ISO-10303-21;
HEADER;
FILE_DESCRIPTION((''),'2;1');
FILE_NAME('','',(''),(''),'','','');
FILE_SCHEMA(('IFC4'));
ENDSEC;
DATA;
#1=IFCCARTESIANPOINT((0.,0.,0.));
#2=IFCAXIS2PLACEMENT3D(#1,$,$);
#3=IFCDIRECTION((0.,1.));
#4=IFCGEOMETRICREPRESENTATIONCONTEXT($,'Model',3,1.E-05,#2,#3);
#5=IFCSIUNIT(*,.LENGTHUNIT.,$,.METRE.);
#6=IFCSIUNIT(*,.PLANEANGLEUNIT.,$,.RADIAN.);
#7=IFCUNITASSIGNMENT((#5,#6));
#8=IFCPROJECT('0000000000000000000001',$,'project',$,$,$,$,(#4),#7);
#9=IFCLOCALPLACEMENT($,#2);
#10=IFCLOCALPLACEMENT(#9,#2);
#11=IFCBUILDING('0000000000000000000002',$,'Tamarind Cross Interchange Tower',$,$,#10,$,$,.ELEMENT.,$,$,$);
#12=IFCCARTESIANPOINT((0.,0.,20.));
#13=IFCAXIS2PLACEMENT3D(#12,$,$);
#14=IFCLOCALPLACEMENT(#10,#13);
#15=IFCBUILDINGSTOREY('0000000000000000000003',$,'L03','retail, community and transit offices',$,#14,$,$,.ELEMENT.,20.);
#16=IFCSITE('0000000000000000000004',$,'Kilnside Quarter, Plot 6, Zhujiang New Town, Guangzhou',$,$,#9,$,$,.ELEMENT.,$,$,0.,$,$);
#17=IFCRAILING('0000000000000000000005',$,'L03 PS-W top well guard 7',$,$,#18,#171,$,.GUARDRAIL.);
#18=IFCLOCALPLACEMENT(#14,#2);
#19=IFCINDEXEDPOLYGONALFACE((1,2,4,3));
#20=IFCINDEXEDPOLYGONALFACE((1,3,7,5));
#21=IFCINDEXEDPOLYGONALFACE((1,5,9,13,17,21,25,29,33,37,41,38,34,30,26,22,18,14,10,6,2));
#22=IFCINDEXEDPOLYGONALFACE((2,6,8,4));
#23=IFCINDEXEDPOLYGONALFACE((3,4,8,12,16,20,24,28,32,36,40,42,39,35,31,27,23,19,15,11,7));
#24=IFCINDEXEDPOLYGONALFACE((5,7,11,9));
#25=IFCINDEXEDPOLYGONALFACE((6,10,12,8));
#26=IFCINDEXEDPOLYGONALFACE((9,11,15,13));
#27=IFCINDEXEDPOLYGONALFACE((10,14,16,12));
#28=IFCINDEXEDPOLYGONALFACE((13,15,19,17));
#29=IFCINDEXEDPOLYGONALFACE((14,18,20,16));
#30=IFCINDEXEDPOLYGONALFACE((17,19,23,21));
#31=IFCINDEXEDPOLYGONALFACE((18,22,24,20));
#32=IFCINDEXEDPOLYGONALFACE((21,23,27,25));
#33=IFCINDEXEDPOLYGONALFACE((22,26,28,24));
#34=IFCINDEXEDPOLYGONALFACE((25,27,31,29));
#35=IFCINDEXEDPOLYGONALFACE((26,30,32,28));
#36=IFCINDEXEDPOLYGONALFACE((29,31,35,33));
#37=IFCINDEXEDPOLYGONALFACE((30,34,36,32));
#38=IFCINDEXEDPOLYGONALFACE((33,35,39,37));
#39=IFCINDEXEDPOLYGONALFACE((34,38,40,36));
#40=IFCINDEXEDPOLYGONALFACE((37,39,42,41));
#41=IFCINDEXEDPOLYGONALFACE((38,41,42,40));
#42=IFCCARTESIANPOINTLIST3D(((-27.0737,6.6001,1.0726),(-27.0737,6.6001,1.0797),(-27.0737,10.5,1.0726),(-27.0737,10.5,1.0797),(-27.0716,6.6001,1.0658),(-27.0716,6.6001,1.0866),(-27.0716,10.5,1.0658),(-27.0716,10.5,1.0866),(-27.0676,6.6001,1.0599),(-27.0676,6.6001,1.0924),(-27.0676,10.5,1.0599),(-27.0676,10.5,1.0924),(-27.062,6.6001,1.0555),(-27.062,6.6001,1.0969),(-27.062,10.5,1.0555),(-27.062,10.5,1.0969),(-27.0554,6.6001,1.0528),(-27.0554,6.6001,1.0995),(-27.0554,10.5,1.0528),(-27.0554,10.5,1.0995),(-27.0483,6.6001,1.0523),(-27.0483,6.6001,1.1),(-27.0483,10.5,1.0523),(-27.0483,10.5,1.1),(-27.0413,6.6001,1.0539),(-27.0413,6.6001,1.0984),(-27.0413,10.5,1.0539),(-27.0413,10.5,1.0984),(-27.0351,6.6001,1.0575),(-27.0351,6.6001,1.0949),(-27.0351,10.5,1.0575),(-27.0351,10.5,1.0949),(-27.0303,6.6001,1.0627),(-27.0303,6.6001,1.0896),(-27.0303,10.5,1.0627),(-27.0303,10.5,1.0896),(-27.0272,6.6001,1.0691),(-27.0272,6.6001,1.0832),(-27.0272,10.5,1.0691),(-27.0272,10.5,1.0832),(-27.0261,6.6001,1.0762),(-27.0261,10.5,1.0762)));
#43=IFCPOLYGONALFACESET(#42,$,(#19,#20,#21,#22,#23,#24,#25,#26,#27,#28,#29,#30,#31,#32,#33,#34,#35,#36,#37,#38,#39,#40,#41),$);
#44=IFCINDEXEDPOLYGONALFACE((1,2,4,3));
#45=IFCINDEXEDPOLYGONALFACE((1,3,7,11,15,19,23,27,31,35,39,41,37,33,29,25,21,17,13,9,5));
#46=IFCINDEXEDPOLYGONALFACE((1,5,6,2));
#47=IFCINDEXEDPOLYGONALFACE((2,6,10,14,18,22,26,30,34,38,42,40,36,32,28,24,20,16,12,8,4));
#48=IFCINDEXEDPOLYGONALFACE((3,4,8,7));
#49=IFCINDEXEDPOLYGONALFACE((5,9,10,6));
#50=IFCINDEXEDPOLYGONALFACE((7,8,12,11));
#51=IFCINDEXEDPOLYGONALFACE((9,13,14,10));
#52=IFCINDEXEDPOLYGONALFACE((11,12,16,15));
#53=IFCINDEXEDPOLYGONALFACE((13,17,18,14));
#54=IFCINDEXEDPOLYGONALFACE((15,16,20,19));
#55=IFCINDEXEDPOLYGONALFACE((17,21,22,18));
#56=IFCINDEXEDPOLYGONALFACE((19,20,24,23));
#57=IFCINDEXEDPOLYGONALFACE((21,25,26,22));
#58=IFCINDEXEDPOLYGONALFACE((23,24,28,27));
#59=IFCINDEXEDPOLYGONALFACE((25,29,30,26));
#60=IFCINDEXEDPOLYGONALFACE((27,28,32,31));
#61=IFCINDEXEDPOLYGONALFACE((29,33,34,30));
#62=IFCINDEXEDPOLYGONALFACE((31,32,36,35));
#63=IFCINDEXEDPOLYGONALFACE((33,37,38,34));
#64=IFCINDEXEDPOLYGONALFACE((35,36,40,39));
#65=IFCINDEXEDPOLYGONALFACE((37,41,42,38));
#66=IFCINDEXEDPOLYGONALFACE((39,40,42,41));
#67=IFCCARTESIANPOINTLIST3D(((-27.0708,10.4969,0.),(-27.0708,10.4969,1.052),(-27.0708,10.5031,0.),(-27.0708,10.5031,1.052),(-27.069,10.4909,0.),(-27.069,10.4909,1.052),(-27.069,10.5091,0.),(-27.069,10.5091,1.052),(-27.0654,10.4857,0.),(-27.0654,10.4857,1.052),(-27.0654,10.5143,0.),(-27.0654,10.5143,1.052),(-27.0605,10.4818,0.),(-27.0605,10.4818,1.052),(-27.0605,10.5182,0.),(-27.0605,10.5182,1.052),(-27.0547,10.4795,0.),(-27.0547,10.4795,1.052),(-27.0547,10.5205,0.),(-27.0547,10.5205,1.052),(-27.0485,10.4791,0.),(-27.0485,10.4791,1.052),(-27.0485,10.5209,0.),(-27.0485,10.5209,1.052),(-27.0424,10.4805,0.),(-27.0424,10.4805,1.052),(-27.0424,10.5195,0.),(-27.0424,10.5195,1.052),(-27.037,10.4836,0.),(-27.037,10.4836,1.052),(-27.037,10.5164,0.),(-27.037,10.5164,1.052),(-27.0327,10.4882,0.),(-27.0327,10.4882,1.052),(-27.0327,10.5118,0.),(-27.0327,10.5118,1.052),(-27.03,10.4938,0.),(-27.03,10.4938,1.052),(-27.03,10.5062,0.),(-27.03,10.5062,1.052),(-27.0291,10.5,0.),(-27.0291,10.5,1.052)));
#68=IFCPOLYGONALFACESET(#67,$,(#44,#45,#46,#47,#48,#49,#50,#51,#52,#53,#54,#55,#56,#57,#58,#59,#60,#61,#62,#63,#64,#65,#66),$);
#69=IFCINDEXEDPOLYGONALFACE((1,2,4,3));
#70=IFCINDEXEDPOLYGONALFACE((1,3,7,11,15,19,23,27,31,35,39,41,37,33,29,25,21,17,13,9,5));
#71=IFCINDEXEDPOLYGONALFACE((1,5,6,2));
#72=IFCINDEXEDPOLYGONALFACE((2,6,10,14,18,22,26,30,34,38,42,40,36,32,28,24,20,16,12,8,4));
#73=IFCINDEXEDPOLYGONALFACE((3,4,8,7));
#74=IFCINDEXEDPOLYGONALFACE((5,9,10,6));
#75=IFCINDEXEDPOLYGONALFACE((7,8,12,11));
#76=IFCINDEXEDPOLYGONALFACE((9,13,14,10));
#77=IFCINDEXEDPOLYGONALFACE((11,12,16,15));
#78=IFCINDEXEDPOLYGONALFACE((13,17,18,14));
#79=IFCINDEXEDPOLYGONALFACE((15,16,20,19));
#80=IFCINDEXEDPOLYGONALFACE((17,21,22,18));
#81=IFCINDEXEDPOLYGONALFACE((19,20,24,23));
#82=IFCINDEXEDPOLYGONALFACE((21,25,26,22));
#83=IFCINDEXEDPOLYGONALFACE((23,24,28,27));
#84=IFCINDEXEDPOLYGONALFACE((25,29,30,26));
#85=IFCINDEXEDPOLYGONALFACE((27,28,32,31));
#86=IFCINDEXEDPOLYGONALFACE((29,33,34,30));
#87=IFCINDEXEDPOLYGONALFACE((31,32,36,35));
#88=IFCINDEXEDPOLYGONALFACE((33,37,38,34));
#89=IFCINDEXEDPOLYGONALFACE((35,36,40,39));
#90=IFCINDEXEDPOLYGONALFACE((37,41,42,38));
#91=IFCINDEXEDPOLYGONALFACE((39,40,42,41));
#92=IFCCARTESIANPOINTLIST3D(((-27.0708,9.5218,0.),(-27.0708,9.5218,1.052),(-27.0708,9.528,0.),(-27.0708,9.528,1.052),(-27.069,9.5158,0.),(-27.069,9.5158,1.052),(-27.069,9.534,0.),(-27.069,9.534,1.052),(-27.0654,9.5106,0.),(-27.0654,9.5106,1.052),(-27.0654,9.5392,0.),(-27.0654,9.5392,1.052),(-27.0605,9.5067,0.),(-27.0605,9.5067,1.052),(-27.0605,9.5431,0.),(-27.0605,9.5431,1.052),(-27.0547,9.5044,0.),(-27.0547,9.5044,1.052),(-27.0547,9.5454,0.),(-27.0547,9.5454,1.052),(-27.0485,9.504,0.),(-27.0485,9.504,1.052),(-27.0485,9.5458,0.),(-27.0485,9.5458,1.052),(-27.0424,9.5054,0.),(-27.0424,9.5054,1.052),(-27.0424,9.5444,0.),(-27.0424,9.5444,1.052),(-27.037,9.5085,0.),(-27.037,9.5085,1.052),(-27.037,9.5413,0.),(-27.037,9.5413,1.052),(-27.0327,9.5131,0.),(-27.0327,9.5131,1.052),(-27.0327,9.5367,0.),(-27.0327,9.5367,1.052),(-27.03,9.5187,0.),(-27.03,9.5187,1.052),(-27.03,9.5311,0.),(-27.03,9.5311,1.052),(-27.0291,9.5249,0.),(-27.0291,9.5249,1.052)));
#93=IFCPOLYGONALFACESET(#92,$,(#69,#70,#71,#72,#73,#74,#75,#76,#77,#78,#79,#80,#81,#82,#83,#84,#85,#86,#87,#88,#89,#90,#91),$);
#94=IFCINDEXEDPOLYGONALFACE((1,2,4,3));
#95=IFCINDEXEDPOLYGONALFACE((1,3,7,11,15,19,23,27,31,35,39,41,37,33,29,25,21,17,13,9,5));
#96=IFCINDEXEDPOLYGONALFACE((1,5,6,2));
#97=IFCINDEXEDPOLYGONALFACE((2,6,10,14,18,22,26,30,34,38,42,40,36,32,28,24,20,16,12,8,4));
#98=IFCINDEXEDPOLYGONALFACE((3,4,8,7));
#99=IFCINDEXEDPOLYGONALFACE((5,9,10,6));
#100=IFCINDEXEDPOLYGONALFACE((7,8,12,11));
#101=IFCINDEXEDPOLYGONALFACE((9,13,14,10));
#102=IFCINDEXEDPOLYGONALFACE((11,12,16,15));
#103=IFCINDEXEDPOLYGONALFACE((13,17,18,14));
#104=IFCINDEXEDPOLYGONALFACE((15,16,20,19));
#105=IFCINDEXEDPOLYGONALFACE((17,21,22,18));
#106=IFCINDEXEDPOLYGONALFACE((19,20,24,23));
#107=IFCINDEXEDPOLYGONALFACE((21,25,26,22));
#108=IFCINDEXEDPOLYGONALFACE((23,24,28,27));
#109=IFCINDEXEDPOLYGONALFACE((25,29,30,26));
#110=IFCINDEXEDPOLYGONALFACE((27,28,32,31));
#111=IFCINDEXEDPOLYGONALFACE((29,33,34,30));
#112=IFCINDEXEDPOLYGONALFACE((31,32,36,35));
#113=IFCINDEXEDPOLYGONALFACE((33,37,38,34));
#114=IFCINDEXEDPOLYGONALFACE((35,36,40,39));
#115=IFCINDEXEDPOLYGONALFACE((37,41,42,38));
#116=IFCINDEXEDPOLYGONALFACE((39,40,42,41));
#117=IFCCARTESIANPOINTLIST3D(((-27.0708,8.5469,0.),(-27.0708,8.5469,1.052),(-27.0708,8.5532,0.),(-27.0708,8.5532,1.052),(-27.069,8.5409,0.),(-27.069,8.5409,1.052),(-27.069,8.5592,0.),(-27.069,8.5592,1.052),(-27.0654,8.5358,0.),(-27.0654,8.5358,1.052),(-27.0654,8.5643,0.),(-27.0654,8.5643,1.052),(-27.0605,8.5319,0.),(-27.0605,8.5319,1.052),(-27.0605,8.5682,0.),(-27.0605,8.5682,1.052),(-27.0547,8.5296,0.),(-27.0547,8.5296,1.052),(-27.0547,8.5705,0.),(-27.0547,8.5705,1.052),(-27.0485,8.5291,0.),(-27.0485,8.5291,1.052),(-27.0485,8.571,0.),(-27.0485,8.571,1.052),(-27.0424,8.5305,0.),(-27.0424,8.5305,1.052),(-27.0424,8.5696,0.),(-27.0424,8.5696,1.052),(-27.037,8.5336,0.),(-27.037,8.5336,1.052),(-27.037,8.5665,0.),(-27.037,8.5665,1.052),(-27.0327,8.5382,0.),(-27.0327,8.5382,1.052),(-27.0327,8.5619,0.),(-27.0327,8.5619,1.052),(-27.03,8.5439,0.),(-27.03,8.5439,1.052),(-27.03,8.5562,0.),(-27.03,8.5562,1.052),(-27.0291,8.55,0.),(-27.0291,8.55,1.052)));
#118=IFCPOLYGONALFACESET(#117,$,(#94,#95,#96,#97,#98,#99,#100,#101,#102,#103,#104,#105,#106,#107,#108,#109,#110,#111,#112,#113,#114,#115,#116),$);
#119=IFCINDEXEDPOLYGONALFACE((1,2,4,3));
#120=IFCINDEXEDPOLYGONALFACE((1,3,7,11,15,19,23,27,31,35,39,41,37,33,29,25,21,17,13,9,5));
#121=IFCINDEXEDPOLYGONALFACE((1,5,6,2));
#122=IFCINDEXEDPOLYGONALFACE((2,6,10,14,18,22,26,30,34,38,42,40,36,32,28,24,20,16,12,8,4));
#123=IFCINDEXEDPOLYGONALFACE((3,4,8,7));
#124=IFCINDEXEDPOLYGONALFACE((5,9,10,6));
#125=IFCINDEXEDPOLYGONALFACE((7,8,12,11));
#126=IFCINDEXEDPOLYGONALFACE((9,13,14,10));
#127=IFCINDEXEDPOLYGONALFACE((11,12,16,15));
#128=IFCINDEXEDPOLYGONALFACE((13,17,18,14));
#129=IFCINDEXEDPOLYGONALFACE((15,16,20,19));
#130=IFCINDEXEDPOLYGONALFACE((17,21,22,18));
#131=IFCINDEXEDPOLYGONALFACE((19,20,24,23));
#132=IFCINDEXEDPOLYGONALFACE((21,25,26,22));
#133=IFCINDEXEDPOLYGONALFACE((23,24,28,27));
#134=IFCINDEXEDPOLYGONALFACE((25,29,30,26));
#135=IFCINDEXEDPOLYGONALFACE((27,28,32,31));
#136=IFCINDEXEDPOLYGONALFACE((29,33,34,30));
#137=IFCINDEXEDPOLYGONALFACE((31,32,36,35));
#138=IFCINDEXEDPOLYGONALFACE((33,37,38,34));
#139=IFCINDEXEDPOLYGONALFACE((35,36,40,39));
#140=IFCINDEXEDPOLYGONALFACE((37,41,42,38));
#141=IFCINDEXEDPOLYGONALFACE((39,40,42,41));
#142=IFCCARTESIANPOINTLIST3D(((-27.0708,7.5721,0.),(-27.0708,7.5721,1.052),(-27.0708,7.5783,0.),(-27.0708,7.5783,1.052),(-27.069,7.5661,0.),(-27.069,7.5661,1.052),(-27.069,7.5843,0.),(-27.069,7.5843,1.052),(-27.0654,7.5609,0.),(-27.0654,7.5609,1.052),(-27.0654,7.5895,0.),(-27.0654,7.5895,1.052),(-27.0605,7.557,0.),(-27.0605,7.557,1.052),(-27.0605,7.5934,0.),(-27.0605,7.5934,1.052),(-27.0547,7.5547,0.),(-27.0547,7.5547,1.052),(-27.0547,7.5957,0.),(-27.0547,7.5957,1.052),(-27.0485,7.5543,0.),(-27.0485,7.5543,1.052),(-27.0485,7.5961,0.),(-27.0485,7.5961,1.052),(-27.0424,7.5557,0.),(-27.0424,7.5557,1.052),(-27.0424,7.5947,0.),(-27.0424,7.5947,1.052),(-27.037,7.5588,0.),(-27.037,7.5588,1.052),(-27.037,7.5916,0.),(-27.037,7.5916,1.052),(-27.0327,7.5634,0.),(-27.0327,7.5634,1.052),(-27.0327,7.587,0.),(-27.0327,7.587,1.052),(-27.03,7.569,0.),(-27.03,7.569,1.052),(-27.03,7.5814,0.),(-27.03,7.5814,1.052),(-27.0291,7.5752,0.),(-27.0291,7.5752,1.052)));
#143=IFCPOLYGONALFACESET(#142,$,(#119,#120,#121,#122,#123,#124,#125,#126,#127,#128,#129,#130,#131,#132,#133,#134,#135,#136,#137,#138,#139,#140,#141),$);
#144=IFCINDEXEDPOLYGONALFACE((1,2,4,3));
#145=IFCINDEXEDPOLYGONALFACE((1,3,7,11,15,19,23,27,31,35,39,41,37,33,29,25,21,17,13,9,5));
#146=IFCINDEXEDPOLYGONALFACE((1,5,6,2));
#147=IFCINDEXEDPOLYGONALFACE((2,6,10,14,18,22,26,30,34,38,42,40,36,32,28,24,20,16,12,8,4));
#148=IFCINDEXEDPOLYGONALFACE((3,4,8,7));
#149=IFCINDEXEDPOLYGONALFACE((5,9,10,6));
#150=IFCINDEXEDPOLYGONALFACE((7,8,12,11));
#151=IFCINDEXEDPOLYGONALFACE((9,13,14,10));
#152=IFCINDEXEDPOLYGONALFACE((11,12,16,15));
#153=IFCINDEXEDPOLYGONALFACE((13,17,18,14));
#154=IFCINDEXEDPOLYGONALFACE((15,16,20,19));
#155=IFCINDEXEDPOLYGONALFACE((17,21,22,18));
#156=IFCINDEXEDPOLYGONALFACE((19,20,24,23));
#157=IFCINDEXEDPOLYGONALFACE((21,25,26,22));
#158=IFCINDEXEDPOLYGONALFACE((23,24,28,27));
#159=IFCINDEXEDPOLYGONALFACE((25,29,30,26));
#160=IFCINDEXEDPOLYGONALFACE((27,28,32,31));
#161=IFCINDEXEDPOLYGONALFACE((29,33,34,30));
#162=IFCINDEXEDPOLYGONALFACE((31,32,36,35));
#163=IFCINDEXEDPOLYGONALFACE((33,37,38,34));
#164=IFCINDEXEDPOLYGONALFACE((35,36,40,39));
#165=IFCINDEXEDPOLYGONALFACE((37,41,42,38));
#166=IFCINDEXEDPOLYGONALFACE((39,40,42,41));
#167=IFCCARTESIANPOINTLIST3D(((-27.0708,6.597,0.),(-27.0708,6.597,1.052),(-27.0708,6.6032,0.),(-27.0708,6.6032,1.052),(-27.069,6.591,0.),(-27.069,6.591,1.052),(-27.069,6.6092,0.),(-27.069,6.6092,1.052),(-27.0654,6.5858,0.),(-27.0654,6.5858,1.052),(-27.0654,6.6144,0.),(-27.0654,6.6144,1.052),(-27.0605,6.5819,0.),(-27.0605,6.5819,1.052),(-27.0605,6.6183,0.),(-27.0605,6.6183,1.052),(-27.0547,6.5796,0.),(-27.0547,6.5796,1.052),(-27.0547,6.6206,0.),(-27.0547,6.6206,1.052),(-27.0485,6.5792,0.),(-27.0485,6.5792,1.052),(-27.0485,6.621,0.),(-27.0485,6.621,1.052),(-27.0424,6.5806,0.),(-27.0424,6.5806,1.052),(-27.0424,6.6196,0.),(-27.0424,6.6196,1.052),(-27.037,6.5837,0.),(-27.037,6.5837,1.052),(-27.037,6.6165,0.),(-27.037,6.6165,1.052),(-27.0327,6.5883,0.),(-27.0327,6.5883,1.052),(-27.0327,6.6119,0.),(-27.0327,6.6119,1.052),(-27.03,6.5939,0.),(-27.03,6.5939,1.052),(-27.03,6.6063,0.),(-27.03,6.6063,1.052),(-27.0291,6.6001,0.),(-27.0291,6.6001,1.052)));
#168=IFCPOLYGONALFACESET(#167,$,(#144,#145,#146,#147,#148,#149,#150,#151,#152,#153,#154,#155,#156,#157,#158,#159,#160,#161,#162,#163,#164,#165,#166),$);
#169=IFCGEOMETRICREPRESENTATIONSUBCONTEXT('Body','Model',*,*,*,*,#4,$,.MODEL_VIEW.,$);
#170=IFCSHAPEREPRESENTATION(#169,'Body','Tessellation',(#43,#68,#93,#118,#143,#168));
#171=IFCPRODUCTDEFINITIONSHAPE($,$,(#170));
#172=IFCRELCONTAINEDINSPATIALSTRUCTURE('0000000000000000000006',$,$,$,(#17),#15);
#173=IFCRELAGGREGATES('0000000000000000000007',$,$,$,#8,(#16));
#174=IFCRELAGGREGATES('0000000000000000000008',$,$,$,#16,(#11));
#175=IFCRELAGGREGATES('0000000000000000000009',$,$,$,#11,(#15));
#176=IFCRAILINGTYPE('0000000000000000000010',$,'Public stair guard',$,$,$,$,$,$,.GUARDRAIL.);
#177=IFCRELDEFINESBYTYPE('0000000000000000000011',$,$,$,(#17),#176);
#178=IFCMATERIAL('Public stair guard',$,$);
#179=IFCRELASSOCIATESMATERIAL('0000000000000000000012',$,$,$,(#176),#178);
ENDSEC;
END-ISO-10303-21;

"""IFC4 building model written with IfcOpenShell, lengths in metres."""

from ifc_helpers import new_model, si_unit, direction, frame, origin, origin_2d, place, context, subcontext, project, spatial, circle, extrude, material, type_object, element, save


model = new_model("IFC4")

# Units and contexts
model_context = context("Model", 3, precision=1e-05, world=origin(), true_north=direction((0.0, 1.0)))
body_context = subcontext(model_context, "Body", "Model", "MODEL_VIEW")
ifc_project = project(units=[si_unit("LENGTHUNIT", "METRE"), si_unit("PLANEANGLEUNIT", "RADIAN")], contexts=[model_context])

# Site, building, storey
site_placement = place(None, origin())
site = spatial("IfcSite", under=ifc_project, at=site_placement, Name="Kilnside Quarter, Plot 6, Zhujiang New Town, Guangzhou", CompositionType="ELEMENT", RefElevation=0.0)
building_placement = place(site_placement, origin())
building = spatial("IfcBuilding", under=site, at=building_placement, Name="Tamarind Cross Interchange Tower", CompositionType="ELEMENT")
storey_placement = place(building_placement, frame((0.0, 0.0, 20.0)))
storey = spatial("IfcBuildingStorey", under=building, at=storey_placement, Name="L03", Description="retail, community and transit offices", CompositionType="ELEMENT", Elevation=20.0)

# Railing
ifc_material_1 = material(Name="Public stair guard")
railing_type_1 = type_object("IfcRailingType", Name="Public stair guard", PredefinedType="GUARDRAIL", material=ifc_material_1)
railing_1_placement = place(storey_placement, frame((-27.05, 10.5, 0.0)))
element("IfcRailing", 1, at=railing_1_placement, inside=storey, type_object=railing_type_1, Name="L03 PS-W top well guard 7", PredefinedType="GUARDRAIL", context=body_context, shape_type="SweptSolid", body=[
    extrude(circle(Radius=0.0239, at=origin_2d()), frame((0.0, 0.0, 1.0762), z_axis=(0.0, -1.0, 0.0), x_axis=(1.0, 0.0, 0.0)), (0.0, 0.0, 1.0), 3.8999),
    extrude(circle(Radius=0.021, at=origin_2d()), origin(), (0.0, 0.0, 1.0), 1.052),
    extrude(circle(Radius=0.021, at=origin_2d()), frame((0.0, -0.9751, 0.0)), (0.0, 0.0, 1.0), 1.052),
    extrude(circle(Radius=0.021, at=origin_2d()), frame((0.0, -1.95, 0.0)), (0.0, 0.0, 1.0), 1.052),
    extrude(circle(Radius=0.021, at=origin_2d()), frame((0.0, -2.9248, 0.0)), (0.0, 0.0, 1.0), 1.052),
    extrude(circle(Radius=0.021, at=origin_2d()), frame((0.0, -3.8999, 0.0)), (0.0, 0.0, 1.0), 1.052),
])

save(model, "model.ifc")
